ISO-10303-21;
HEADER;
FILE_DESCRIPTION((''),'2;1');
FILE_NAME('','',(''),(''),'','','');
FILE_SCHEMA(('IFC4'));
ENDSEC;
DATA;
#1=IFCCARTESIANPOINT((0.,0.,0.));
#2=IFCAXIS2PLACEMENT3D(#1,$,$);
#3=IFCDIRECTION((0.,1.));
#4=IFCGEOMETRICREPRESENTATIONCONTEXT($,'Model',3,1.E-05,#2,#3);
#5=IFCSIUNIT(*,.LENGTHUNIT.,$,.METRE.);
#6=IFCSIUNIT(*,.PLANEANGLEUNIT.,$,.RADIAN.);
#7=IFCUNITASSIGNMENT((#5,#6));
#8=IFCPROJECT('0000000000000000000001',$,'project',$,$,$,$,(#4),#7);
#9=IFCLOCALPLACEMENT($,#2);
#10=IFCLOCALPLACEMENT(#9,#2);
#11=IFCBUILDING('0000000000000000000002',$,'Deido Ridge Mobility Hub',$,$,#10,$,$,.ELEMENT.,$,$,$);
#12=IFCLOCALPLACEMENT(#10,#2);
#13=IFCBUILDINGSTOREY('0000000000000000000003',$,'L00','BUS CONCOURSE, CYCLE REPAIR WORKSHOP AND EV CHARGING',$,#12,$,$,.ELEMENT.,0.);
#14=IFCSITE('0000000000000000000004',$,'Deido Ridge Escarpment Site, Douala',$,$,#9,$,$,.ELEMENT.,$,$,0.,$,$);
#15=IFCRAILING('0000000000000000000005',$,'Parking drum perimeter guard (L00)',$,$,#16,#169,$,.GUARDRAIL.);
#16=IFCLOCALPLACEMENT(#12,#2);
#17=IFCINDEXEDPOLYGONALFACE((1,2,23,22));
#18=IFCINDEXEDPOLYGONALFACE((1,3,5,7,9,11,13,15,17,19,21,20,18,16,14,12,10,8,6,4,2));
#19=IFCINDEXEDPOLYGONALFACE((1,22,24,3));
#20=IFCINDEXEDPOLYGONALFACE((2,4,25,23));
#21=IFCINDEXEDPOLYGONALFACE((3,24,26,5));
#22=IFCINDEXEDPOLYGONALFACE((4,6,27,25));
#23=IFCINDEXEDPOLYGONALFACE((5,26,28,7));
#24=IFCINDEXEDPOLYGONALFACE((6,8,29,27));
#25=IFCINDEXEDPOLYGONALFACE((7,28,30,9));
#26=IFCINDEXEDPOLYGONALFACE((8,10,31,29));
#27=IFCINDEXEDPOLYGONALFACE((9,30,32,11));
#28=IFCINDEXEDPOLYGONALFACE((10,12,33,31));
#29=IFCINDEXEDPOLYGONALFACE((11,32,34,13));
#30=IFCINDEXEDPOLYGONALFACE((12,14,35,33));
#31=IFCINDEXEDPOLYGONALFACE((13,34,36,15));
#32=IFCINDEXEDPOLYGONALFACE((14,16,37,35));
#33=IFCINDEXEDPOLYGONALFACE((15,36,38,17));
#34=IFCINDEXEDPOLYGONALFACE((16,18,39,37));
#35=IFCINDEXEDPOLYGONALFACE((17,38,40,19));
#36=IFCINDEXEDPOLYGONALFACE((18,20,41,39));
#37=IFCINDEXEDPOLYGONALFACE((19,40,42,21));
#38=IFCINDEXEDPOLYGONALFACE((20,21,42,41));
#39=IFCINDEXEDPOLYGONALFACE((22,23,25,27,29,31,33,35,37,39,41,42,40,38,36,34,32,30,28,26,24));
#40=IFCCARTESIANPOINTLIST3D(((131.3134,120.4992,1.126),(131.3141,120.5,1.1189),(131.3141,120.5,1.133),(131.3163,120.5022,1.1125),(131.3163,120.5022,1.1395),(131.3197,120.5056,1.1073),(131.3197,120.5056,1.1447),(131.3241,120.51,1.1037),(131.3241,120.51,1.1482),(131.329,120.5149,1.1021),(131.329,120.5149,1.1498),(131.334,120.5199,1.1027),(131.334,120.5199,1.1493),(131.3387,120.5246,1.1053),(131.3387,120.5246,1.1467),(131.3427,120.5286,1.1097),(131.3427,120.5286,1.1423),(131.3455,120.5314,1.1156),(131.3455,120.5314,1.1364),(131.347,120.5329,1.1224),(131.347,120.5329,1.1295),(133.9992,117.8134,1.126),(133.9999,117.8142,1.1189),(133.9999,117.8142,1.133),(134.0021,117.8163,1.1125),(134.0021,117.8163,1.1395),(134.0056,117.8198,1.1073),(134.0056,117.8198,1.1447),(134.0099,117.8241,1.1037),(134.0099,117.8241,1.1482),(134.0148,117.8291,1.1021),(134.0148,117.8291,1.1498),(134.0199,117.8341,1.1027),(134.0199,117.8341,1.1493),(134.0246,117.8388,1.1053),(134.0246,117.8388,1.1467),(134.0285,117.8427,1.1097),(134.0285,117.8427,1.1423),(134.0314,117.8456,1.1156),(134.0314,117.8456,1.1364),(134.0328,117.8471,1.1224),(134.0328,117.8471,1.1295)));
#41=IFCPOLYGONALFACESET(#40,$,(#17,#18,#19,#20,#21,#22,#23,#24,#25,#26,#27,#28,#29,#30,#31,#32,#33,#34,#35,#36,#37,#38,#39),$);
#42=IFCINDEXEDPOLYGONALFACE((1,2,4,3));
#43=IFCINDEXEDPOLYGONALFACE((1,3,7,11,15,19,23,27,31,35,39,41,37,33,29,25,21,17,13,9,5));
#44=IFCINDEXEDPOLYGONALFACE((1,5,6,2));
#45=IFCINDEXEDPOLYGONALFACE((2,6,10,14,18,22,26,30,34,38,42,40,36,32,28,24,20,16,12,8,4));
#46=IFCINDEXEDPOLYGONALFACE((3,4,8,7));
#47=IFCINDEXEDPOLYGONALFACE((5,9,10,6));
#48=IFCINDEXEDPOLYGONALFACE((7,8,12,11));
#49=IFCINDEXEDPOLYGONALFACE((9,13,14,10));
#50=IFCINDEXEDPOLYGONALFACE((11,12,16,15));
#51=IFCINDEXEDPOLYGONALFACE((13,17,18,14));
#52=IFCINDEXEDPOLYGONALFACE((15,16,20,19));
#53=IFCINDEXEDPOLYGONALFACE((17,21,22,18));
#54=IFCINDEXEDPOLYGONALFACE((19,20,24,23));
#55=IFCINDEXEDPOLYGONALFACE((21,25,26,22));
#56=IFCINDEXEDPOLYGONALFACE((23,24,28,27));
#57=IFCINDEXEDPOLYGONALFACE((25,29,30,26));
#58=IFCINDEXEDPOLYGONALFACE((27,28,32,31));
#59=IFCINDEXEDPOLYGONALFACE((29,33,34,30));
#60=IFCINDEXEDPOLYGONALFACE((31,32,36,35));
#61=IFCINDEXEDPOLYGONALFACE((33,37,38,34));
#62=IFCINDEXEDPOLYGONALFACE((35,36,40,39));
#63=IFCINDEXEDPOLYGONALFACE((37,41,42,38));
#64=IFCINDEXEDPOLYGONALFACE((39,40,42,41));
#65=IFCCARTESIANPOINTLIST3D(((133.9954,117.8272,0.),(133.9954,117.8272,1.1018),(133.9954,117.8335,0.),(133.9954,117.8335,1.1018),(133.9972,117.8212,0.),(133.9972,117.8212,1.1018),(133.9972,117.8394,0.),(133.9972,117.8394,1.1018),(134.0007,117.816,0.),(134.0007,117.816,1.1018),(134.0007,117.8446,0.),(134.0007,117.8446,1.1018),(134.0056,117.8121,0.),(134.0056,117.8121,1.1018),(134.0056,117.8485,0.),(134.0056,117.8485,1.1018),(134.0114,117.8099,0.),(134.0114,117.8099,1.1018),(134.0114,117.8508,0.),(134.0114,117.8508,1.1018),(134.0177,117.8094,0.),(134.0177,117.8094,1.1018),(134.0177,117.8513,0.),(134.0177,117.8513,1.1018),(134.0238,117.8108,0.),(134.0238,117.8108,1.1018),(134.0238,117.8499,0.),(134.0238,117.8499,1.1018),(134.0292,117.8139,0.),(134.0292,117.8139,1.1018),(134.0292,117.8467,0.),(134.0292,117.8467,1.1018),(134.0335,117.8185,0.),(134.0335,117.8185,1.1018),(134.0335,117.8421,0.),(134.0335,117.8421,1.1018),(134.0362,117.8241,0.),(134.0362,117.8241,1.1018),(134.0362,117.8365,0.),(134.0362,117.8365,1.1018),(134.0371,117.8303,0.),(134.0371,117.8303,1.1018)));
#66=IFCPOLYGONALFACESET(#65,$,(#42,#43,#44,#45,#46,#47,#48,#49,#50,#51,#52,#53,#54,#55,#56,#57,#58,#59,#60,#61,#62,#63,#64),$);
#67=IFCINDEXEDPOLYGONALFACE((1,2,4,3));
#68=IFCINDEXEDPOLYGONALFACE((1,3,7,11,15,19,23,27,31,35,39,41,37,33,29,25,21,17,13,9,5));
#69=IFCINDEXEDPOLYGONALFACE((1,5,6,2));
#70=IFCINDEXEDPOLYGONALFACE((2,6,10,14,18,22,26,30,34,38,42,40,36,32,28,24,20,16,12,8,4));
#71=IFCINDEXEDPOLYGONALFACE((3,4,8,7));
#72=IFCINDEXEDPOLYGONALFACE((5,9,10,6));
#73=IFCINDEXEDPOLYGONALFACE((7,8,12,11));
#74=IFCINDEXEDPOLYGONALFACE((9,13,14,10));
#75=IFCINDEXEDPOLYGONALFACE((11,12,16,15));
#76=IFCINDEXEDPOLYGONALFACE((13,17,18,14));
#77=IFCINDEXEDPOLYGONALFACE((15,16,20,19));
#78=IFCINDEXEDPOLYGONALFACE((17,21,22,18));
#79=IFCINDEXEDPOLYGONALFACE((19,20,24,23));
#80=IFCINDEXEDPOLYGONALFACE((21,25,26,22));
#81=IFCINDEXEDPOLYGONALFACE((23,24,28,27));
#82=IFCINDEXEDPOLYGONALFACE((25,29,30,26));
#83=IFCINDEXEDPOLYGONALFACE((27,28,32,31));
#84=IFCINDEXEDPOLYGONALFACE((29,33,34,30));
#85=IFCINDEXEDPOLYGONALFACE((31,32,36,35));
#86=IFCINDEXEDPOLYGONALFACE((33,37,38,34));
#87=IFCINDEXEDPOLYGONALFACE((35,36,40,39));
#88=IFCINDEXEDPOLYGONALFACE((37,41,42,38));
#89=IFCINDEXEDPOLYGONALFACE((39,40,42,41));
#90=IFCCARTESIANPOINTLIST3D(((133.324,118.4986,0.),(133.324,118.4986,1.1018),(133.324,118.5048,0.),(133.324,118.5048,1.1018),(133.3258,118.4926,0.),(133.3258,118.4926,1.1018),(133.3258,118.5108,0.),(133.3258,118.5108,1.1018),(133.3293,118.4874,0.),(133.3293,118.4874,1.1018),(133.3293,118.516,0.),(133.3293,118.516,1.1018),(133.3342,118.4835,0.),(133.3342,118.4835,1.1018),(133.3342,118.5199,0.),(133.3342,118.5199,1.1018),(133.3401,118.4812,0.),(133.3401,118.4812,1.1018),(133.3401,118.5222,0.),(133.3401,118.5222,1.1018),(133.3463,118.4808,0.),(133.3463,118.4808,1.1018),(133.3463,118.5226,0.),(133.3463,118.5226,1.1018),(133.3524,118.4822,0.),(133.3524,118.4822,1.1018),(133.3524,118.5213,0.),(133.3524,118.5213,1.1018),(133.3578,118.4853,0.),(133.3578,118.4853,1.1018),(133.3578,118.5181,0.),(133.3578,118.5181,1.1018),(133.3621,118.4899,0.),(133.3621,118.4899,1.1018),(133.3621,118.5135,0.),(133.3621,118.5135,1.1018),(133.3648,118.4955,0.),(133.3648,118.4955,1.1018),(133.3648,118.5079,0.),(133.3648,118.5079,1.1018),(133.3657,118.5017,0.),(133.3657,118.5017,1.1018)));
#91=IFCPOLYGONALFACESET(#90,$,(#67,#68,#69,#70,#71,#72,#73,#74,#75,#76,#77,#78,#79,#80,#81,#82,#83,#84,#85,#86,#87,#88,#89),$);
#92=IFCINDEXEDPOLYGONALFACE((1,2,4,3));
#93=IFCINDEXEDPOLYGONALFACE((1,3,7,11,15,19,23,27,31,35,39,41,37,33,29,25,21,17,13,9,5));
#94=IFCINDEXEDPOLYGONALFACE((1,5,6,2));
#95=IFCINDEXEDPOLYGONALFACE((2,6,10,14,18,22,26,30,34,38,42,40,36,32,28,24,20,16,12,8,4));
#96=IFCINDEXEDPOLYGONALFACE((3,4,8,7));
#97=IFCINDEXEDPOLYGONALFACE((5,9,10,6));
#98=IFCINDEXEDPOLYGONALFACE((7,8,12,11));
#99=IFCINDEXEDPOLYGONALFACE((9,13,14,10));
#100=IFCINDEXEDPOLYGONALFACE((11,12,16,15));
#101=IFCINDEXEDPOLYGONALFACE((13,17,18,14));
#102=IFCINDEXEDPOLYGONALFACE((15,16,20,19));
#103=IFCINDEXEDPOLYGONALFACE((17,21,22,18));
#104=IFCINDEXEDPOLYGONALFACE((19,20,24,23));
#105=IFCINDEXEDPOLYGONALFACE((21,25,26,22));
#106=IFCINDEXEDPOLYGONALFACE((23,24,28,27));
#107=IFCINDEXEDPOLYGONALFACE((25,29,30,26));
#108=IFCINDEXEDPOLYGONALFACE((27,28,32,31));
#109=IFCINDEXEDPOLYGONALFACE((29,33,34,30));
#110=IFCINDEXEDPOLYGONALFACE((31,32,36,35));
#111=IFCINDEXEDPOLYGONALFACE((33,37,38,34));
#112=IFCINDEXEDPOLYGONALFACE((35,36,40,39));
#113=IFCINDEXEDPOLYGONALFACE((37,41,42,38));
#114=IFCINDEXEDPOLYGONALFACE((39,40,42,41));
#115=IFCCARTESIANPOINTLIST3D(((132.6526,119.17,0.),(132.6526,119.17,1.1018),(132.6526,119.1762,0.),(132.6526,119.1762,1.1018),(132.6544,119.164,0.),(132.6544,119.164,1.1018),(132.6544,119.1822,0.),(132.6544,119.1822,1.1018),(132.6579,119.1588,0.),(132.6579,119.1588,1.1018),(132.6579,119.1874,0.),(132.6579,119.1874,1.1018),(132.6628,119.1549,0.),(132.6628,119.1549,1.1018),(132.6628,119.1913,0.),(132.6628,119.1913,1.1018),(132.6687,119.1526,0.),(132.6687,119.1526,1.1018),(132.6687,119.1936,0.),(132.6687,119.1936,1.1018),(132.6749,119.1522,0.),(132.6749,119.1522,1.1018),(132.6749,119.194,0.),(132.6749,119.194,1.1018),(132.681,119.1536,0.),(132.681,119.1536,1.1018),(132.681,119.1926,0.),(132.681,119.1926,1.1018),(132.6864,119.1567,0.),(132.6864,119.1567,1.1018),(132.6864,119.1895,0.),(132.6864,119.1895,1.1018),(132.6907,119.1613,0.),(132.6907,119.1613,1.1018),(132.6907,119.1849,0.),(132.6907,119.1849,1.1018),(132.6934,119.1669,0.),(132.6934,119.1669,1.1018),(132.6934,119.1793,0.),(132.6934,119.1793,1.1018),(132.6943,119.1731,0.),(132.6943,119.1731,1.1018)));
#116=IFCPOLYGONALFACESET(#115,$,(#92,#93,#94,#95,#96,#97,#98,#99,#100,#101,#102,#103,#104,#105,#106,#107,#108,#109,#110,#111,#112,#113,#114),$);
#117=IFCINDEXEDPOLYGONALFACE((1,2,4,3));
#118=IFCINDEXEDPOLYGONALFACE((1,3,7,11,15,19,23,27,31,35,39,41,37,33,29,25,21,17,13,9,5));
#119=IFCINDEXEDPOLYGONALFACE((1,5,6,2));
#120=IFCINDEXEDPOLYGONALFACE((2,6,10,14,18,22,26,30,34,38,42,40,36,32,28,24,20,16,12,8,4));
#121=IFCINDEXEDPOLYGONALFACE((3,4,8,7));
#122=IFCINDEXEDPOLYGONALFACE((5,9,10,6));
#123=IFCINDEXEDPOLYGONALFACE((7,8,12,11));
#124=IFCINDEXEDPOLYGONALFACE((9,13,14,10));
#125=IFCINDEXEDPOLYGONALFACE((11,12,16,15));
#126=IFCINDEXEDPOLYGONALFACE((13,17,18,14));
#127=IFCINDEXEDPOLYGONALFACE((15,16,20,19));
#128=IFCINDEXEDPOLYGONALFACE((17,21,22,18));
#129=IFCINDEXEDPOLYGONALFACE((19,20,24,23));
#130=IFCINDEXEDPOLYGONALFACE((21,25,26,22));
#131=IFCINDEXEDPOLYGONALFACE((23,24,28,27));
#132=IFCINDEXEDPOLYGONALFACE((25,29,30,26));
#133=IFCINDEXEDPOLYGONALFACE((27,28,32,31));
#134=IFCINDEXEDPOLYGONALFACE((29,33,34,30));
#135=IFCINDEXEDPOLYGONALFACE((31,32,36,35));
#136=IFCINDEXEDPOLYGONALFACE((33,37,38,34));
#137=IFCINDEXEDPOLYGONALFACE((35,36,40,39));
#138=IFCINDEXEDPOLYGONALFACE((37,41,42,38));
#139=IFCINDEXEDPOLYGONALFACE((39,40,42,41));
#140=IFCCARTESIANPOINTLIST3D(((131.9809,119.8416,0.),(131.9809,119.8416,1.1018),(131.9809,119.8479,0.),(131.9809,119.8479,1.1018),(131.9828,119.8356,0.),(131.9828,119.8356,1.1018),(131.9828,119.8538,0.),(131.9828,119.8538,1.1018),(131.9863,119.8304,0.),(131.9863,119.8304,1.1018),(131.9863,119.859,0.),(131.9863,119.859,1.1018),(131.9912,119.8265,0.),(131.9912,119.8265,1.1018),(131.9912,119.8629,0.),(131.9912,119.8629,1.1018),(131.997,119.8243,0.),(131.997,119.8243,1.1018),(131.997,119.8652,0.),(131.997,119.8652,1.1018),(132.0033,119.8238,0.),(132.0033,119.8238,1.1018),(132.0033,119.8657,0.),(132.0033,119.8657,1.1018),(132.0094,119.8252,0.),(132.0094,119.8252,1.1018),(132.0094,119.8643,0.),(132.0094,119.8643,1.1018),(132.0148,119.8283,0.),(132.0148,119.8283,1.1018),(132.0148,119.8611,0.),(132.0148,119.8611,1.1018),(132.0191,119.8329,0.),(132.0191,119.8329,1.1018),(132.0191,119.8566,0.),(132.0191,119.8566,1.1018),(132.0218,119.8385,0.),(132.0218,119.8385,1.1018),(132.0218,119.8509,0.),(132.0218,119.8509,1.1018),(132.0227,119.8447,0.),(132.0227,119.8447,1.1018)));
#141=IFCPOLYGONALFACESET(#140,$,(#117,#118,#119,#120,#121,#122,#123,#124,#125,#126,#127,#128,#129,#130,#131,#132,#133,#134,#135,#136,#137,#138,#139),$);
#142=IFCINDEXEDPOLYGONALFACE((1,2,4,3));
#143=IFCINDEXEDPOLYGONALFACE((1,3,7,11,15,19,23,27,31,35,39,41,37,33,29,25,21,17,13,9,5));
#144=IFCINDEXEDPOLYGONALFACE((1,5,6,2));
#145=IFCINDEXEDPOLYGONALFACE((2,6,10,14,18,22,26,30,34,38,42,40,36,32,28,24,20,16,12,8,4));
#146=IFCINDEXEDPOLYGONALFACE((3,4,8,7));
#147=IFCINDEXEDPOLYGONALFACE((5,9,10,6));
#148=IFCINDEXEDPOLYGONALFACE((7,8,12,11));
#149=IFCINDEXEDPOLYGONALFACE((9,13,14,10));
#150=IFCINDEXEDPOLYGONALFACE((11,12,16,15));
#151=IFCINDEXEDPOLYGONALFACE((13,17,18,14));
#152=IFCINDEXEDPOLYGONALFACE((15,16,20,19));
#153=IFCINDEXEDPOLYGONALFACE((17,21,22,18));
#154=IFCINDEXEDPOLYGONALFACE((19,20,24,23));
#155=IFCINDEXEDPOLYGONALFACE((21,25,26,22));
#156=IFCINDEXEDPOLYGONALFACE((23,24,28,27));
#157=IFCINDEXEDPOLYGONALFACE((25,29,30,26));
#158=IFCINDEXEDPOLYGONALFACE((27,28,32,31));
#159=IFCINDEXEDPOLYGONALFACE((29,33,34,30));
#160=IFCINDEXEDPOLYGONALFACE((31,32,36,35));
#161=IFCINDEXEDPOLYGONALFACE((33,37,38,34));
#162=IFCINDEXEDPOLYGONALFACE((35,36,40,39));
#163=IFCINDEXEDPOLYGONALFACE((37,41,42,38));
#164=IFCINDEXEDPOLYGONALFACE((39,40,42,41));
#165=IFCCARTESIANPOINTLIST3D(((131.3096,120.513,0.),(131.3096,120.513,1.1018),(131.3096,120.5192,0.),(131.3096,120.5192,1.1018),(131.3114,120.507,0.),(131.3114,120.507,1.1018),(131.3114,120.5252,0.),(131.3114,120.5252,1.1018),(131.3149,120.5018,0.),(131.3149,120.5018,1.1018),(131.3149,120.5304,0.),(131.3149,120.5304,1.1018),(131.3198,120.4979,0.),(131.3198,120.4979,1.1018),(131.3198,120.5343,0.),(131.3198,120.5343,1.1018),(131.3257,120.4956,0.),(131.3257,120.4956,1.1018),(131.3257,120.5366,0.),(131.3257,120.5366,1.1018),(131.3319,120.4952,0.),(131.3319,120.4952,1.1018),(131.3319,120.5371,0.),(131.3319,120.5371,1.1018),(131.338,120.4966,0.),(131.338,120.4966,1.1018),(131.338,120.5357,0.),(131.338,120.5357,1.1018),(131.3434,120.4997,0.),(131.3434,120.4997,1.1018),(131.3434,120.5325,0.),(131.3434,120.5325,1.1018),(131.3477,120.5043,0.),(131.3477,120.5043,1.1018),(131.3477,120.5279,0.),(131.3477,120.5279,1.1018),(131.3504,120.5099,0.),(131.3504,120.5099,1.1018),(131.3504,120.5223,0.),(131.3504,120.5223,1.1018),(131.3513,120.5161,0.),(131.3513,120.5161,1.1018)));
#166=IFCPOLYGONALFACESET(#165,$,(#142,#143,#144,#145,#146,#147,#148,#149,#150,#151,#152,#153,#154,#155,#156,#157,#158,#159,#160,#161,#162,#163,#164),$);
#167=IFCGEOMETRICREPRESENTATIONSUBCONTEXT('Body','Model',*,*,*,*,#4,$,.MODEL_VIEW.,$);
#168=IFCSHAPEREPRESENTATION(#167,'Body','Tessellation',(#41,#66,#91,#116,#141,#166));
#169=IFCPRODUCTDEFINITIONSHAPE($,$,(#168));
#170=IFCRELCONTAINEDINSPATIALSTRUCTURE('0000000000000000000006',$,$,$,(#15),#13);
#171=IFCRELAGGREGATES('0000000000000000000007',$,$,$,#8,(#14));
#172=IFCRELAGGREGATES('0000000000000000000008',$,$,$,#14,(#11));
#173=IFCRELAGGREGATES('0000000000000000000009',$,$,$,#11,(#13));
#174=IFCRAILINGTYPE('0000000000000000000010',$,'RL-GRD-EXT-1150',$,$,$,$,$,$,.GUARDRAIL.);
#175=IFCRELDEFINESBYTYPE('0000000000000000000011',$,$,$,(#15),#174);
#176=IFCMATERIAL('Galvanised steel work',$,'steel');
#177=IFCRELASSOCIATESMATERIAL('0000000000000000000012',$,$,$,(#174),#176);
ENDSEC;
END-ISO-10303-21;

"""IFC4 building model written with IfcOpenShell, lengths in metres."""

from ifc_helpers import new_model, si_unit, direction, frame, origin, origin_2d, place, context, subcontext, project, spatial, circle, extrude, material, type_object, element, save


model = new_model("IFC4")

# Units and contexts
model_context = context("Model", 3, precision=1e-05, world=origin(), true_north=direction((0.0, 1.0)))
body_context = subcontext(model_context, "Body", "Model", "MODEL_VIEW")
ifc_project = project(units=[si_unit("LENGTHUNIT", "METRE"), si_unit("PLANEANGLEUNIT", "RADIAN")], contexts=[model_context])

# Site, building, storey
site_placement = place(None, origin())
site = spatial("IfcSite", under=ifc_project, at=site_placement, Name="Deido Ridge Escarpment Site, Douala", CompositionType="ELEMENT", RefElevation=0.0)
building_placement = place(site_placement, origin())
building = spatial("IfcBuilding", under=site, at=building_placement, Name="Deido Ridge Mobility Hub", CompositionType="ELEMENT")
storey_placement = place(building_placement, origin())
storey = spatial("IfcBuildingStorey", under=building, at=storey_placement, Name="L00", Description="BUS CONCOURSE, CYCLE REPAIR WORKSHOP AND EV CHARGING", CompositionType="ELEMENT", Elevation=0.0)

# Railing
ifc_material_1 = material(Name="Galvanised steel work", Category="steel")
railing_type = type_object("IfcRailingType", Name="RL-GRD-EXT-1150", PredefinedType="GUARDRAIL", material=ifc_material_1)
railing_1_placement = place(storey_placement, frame((134.0161, 117.8303, 0.0)))
element("IfcRailing", 1, at=railing_1_placement, inside=storey, type_object=railing_type, Name="Parking drum perimeter guard (L00)", PredefinedType="GUARDRAIL", context=body_context, shape_type="SweptSolid", body=[
    extrude(circle(Radius=0.0239, at=origin_2d()), frame((0.0, 0.0, 1.126), z_axis=(-0.707107, 0.707107, 0.0), x_axis=(-0.707107, -0.707107, 0.0)), (0.0, 0.0, 1.0), 3.7983),
    extrude(circle(Radius=0.021, at=origin_2d()), origin(), (0.0, 0.0, 1.0), 1.1018),
    extrude(circle(Radius=0.021, at=origin_2d()), frame((-0.6714, 0.6714, 0.0)), (0.0, 0.0, 1.0), 1.1018),
    extrude(circle(Radius=0.021, at=origin_2d()), frame((-1.3428, 1.3428, 0.0)), (0.0, 0.0, 1.0), 1.1018),
    extrude(circle(Radius=0.021, at=origin_2d()), frame((-2.0144, 2.0144, 0.0)), (0.0, 0.0, 1.0), 1.1018),
    extrude(circle(Radius=0.021, at=origin_2d()), frame((-2.6858, 2.6858, 0.0)), (0.0, 0.0, 1.0), 1.1018),
])

save(model, "model.ifc")
